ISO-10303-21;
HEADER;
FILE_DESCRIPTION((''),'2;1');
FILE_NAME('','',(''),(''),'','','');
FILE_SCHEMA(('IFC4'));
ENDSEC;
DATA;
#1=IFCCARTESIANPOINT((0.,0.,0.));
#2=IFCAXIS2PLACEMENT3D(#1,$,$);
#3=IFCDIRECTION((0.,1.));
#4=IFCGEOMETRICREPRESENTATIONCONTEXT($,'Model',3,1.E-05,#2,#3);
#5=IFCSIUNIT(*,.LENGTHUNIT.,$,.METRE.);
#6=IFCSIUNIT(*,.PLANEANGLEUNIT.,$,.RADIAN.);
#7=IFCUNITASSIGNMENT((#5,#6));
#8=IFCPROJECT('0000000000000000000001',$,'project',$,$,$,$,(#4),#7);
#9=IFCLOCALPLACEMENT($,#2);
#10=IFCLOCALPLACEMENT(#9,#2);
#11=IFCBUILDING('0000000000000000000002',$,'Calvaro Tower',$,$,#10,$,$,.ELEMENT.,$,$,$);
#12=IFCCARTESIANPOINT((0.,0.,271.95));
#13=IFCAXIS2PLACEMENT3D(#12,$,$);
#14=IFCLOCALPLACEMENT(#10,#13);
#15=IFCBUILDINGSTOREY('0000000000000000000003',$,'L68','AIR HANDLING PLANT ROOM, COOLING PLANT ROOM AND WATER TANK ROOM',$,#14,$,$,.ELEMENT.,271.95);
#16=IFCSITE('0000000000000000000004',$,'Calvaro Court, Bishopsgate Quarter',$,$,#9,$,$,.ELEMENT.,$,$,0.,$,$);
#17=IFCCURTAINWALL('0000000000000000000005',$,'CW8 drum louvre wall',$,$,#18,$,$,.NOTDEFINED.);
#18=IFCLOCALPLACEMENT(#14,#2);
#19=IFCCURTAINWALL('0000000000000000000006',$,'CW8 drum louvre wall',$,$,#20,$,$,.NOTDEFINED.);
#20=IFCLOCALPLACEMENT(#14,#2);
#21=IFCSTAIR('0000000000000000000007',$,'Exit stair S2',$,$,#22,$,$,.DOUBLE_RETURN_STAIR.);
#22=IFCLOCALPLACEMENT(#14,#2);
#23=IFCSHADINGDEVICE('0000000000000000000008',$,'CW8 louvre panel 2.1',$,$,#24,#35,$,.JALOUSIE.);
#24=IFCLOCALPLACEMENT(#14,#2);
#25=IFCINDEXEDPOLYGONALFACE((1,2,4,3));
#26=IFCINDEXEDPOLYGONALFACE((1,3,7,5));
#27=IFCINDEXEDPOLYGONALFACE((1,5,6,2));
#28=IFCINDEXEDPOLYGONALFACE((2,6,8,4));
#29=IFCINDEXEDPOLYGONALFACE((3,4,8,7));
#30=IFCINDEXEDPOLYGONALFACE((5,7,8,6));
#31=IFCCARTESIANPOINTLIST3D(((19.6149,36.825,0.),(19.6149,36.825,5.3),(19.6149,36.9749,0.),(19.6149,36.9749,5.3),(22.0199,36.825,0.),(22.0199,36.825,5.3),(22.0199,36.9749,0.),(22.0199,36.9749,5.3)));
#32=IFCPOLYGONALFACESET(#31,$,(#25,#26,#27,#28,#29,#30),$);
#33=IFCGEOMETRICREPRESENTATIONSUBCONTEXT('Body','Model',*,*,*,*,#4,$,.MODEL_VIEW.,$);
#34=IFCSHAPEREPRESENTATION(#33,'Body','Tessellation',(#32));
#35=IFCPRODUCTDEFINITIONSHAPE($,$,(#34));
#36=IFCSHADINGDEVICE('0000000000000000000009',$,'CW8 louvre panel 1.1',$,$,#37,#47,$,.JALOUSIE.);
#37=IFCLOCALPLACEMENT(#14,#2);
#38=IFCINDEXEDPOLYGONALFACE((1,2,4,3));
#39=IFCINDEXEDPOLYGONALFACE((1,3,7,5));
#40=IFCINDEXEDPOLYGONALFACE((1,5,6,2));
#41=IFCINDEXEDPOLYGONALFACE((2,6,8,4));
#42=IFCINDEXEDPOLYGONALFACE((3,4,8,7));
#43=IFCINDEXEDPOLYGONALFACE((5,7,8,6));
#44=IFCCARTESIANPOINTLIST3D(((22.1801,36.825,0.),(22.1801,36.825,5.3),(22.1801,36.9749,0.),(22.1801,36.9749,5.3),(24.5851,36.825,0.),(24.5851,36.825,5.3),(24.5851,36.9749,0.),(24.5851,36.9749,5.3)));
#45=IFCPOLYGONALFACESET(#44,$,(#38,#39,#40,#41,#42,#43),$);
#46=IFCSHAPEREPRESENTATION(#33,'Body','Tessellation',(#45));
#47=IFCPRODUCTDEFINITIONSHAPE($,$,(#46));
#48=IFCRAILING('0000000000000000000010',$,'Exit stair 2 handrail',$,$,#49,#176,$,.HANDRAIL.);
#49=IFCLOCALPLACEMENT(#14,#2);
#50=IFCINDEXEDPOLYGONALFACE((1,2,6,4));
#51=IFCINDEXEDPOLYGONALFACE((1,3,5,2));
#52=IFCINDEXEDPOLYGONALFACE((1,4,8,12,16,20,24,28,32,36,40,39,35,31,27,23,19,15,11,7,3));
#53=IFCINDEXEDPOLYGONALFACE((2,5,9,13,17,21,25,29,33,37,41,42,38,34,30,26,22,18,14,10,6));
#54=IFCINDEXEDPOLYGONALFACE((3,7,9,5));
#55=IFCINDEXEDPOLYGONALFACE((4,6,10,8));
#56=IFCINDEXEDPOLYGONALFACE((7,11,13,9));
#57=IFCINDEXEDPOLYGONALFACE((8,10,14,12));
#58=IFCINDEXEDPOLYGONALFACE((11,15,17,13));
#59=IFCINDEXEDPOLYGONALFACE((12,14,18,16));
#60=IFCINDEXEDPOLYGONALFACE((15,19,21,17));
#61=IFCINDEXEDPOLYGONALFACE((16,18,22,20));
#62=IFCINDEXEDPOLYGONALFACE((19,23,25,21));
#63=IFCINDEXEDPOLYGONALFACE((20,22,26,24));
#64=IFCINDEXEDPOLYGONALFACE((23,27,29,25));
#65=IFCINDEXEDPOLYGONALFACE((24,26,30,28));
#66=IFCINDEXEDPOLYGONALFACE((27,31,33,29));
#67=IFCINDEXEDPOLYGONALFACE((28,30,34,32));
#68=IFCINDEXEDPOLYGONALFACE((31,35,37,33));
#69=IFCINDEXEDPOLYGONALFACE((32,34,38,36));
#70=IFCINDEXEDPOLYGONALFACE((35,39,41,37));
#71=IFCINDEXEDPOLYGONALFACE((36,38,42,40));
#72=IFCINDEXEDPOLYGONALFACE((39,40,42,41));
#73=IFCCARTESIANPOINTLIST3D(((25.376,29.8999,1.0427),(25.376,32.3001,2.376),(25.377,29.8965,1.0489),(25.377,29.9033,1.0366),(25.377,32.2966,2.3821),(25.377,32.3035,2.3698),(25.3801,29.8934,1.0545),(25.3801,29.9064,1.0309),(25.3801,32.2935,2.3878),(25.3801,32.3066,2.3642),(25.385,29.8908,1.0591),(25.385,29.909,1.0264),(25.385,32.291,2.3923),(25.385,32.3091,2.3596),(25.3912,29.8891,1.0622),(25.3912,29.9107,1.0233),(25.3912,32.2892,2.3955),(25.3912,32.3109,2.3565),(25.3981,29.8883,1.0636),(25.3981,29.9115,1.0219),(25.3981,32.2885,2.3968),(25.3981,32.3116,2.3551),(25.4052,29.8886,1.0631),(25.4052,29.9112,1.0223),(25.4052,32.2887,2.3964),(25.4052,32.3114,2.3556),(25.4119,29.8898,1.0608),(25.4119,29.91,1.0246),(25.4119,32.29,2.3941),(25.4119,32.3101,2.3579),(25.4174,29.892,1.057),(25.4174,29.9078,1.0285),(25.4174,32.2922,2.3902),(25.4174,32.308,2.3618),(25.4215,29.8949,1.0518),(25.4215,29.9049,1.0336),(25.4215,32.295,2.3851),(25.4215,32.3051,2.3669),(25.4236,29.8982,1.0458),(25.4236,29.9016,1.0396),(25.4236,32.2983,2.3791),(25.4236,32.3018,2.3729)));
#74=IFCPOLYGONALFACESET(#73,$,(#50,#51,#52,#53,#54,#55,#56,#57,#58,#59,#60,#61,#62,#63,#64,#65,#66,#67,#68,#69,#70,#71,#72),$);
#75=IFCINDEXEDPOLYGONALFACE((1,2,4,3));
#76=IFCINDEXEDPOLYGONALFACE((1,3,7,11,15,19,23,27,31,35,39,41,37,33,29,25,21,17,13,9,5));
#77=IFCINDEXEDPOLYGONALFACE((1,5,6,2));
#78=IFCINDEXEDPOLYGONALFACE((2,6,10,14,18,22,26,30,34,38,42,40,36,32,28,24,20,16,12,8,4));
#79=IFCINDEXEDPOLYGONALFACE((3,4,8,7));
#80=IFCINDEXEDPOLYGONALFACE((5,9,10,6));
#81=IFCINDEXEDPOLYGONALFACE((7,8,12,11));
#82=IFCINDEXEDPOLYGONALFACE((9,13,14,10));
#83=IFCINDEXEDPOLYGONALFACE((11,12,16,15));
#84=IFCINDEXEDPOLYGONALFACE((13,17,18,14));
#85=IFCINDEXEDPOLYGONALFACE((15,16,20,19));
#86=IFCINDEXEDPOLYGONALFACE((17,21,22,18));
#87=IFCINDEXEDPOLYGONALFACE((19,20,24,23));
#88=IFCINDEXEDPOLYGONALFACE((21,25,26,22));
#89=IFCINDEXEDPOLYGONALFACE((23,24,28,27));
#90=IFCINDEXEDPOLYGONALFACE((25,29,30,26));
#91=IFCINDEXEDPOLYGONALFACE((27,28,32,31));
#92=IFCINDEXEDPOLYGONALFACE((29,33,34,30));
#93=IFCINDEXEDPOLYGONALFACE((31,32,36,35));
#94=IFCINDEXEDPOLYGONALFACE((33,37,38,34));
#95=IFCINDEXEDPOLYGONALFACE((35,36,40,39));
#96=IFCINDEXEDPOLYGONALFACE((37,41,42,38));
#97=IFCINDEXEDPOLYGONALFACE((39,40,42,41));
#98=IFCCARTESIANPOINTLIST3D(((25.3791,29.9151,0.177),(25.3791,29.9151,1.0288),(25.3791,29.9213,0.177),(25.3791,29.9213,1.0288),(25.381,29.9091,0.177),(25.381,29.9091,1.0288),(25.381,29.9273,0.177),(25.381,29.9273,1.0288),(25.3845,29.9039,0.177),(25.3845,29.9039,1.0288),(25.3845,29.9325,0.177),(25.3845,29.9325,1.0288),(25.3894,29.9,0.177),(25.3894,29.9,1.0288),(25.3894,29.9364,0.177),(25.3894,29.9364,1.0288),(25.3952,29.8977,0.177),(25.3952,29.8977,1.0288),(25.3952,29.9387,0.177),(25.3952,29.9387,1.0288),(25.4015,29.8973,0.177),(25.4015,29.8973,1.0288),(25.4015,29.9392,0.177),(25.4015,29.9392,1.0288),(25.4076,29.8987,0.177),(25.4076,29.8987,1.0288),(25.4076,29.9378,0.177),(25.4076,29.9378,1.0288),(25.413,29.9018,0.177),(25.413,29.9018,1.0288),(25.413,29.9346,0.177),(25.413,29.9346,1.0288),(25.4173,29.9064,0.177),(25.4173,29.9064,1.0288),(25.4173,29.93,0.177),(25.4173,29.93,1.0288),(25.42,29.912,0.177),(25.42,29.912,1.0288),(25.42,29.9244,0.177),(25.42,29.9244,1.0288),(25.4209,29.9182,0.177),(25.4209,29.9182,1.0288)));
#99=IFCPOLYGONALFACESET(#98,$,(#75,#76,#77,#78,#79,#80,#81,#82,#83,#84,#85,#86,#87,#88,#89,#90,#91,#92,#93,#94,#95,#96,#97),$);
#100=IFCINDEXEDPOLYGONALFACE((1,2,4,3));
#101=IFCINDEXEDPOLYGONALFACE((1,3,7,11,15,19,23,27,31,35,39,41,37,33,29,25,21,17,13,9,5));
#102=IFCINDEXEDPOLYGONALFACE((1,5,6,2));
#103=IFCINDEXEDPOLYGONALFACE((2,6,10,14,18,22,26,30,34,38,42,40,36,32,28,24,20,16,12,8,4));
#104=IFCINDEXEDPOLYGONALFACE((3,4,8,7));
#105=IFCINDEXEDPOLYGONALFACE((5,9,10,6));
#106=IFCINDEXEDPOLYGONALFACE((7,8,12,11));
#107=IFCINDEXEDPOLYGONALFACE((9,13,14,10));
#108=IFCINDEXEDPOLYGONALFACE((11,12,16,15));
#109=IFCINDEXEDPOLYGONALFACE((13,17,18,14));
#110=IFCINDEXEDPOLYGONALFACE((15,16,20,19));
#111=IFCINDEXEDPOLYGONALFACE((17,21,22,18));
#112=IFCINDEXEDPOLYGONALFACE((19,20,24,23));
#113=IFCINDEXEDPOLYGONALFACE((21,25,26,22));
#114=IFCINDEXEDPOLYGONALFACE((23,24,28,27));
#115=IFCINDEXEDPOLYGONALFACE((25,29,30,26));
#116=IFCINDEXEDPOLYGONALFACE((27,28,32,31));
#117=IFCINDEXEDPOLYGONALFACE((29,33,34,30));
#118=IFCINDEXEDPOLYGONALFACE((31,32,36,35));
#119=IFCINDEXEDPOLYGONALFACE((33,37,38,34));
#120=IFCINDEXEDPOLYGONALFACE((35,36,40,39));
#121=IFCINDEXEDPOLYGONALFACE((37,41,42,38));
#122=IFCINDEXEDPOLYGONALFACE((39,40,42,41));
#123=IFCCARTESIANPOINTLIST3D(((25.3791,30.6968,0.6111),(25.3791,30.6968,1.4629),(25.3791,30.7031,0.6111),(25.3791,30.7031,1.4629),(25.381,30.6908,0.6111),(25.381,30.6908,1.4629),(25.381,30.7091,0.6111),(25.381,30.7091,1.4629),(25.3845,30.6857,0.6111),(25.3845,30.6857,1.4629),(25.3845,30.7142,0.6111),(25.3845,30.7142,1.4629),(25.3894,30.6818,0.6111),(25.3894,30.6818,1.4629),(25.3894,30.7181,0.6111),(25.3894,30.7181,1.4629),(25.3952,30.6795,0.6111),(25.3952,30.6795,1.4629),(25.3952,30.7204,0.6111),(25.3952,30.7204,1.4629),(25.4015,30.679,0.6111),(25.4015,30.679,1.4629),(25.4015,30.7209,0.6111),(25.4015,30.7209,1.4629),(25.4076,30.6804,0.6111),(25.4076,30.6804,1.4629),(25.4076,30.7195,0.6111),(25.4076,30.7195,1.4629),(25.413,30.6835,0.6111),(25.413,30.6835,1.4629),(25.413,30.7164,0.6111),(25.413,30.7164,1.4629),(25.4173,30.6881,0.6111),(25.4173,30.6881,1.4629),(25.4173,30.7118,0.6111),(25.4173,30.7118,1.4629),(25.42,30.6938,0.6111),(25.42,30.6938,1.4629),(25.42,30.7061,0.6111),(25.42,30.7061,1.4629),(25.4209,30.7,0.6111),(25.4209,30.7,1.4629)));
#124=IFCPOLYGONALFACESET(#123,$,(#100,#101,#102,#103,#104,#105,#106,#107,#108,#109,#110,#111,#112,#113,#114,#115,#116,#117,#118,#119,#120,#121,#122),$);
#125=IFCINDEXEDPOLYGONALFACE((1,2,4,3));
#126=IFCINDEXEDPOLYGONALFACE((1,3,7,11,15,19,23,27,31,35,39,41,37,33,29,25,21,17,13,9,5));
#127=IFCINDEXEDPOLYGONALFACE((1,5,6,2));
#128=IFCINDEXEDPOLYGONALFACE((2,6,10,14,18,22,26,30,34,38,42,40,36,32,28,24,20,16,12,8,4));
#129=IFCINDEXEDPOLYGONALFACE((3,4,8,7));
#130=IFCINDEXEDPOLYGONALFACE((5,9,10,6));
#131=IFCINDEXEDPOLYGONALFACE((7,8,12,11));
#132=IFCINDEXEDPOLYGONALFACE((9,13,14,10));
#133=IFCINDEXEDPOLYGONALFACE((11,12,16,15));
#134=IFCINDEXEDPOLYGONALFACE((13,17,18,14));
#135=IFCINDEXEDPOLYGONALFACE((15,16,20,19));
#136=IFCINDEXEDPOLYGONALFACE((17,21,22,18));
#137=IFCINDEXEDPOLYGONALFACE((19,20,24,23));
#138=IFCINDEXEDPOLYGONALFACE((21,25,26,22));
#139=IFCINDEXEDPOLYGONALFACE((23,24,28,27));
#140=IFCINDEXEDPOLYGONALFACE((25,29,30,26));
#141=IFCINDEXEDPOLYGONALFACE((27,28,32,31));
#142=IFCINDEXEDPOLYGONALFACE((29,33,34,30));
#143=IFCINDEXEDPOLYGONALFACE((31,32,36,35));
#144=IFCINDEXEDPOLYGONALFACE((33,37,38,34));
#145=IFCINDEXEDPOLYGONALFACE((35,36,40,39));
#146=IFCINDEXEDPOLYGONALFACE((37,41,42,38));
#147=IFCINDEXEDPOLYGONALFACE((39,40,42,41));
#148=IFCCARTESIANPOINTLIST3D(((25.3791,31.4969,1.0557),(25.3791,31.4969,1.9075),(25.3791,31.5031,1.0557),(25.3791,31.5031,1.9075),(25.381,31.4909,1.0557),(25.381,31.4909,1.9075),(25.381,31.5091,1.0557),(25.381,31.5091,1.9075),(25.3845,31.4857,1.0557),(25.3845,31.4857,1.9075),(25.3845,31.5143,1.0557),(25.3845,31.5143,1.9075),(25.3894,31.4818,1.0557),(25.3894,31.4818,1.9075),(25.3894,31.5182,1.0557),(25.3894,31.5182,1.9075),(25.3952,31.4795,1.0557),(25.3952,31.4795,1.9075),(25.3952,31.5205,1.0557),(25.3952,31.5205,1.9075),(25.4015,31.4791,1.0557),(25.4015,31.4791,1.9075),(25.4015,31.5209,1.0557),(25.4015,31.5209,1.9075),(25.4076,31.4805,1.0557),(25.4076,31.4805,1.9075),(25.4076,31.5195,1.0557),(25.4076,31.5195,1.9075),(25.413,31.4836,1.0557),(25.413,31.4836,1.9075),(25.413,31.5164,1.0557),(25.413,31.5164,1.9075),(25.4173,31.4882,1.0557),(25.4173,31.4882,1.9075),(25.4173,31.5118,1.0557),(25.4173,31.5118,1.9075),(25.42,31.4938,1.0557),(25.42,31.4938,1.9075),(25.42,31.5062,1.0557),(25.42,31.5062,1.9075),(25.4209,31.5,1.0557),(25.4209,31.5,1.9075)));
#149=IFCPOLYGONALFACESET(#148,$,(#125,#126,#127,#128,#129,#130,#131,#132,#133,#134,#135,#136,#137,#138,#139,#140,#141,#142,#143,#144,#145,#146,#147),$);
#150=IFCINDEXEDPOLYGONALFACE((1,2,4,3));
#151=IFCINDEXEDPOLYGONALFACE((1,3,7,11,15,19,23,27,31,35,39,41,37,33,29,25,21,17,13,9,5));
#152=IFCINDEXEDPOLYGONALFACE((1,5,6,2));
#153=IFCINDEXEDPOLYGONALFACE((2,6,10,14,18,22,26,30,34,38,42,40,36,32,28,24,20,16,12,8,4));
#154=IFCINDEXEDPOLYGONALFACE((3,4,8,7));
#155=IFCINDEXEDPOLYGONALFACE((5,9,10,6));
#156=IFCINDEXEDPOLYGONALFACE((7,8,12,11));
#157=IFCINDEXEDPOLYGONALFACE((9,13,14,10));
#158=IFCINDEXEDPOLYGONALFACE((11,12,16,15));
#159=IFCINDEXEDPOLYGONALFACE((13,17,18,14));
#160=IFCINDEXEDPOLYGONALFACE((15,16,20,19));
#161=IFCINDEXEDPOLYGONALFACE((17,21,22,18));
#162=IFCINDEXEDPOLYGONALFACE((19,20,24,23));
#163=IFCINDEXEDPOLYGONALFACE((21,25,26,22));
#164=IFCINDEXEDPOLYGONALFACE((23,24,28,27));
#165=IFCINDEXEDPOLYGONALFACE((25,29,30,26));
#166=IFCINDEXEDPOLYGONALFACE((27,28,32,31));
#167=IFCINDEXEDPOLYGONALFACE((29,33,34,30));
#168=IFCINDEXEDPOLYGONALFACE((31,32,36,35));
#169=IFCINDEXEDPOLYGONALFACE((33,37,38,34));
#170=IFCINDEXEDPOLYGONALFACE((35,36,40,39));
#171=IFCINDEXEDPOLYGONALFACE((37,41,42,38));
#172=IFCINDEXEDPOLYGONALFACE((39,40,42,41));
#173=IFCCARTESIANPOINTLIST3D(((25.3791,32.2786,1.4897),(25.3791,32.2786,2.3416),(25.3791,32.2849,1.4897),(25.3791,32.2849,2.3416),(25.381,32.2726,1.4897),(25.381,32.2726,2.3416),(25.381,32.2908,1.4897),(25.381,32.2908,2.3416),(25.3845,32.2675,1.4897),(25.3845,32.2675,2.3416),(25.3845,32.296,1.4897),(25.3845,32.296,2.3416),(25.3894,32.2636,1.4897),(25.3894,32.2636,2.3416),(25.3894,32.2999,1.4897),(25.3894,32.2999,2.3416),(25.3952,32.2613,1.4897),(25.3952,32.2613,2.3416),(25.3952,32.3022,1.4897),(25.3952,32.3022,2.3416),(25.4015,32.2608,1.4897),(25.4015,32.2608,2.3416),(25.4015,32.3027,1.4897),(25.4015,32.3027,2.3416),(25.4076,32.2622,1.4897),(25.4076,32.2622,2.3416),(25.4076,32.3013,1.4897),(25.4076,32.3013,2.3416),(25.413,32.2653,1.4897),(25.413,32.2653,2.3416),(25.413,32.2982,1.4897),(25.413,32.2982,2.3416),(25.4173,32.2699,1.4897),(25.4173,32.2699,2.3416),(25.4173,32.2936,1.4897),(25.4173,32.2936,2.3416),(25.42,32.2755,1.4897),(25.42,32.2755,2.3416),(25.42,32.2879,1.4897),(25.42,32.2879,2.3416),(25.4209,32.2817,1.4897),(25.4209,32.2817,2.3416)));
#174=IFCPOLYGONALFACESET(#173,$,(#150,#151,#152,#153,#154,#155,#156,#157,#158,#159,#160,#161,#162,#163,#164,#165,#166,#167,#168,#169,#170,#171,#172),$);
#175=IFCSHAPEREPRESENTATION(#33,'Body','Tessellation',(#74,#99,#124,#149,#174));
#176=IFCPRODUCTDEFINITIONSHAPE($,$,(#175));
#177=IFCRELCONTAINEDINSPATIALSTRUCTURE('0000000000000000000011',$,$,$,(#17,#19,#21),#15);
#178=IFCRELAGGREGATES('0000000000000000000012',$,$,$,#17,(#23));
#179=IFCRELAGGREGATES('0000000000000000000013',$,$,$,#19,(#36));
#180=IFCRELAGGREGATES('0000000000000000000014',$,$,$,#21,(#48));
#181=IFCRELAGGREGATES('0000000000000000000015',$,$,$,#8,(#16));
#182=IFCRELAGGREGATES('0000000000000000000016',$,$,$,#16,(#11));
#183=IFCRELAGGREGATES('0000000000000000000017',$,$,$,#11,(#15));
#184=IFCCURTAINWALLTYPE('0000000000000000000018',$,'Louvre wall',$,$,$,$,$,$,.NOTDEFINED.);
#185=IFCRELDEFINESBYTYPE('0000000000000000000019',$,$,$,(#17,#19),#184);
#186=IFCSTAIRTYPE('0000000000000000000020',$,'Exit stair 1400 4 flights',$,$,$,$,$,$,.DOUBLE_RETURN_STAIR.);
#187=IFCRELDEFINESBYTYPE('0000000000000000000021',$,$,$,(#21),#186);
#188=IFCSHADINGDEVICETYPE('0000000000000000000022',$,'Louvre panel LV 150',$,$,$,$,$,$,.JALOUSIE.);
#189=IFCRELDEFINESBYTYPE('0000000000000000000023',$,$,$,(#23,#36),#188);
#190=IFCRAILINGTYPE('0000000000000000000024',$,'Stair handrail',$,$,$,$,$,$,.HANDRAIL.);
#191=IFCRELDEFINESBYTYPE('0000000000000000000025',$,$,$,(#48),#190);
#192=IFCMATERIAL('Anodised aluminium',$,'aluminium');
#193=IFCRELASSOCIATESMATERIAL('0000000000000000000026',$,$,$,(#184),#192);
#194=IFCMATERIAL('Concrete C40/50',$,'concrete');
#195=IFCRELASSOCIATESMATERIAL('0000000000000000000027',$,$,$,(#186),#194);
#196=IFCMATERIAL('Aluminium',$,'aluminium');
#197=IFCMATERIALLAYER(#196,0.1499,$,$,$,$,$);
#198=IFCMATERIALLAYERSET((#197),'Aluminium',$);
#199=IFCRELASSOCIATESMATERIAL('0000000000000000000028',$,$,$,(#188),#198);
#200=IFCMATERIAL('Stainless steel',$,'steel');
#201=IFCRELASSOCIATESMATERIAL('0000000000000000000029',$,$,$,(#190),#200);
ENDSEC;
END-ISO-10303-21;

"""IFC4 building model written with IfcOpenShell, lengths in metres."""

from ifc_helpers import new_model, si_unit, direction, frame, origin, origin_2d, place, context, subcontext, project, spatial, rectangle, circle, extrude, material, layer, layer_set, type_object, element, aggregate, save


model = new_model("IFC4")

# Units and contexts
model_context = context("Model", 3, precision=1e-05, world=origin(), true_north=direction((0.0, 1.0)))
body_context = subcontext(model_context, "Body", "Model", "MODEL_VIEW")
ifc_project = project(units=[si_unit("LENGTHUNIT", "METRE"), si_unit("PLANEANGLEUNIT", "RADIAN")], contexts=[model_context])

# Site, building, storey
site_placement = place(None, origin())
site = spatial("IfcSite", under=ifc_project, at=site_placement, Name="Calvaro Court, Bishopsgate Quarter", CompositionType="ELEMENT", RefElevation=0.0)
building_placement = place(site_placement, origin())
building = spatial("IfcBuilding", under=site, at=building_placement, Name="Calvaro Tower", CompositionType="ELEMENT")
storey_placement = place(building_placement, frame((0.0, 0.0, 271.95)))
storey = spatial("IfcBuildingStorey", under=building, at=storey_placement, Name="L68", Description="AIR HANDLING PLANT ROOM, COOLING PLANT ROOM AND WATER TANK ROOM", CompositionType="ELEMENT", Elevation=271.95)

# Curtain wall
ifc_material_1 = material(Name="Anodised aluminium", Category="aluminium")
curtain_wall_type = type_object("IfcCurtainWallType", Name="Louvre wall", PredefinedType="NOTDEFINED", material=ifc_material_1)
curtain_wall_1_placement = place(storey_placement, origin())
curtain_wall_1 = element("IfcCurtainWall", 1, at=curtain_wall_1_placement, inside=storey, type_object=curtain_wall_type, Name="CW8 drum louvre wall", PredefinedType="NOTDEFINED")

# Curtain wall
curtain_wall_2_placement = place(storey_placement, origin())
curtain_wall_2 = element("IfcCurtainWall", 2, at=curtain_wall_2_placement, inside=storey, type_object=curtain_wall_type, Name="CW8 drum louvre wall", PredefinedType="NOTDEFINED")

# Stair
ifc_material_2 = material(Name="Concrete C40/50", Category="concrete")
stair_type = type_object("IfcStairType", Name="Exit stair 1400 4 flights", PredefinedType="DOUBLE_RETURN_STAIR", material=ifc_material_2)
stair_placement = place(storey_placement, origin())
stair = element("IfcStair", 3, at=stair_placement, inside=storey, type_object=stair_type, Name="Exit stair S2", PredefinedType="DOUBLE_RETURN_STAIR")

# Shading devices
ifc_material_3 = material(Name="Aluminium", Category="aluminium")
ifc_layer_1 = layer(ifc_material_3, 0.1499)
ifc_layer_set_1 = layer_set([ifc_layer_1], Name="Aluminium")
shading_device_type = type_object("IfcShadingDeviceType", Name="Louvre panel LV 150", PredefinedType="JALOUSIE", material=ifc_layer_set_1)
shading_device_1_placement = place(storey_placement, frame((20.8174, 36.8999, 0.0), z_axis=(0.0, 0.0, 1.0), x_axis=(1.0, 0.0, 0.0)))
shading_device_1 = element("IfcShadingDevice", 4, at=shading_device_1_placement, type_object=shading_device_type, Name="CW8 louvre panel 2.1", PredefinedType="JALOUSIE", context=body_context, shape_type="SweptSolid", body=[
    extrude(rectangle(XDim=2.405, YDim=0.1499, at=origin_2d()), origin(), (0.0, 0.0, 1.0), 5.3),
])
aggregate(curtain_wall_1, [shading_device_1])
shading_device_2_placement = place(storey_placement, frame((23.3826, 36.8999, 0.0), z_axis=(0.0, 0.0, 1.0), x_axis=(1.0, 0.0, 0.0)))
shading_device_2 = element("IfcShadingDevice", 5, at=shading_device_2_placement, type_object=shading_device_type, Name="CW8 louvre panel 1.1", PredefinedType="JALOUSIE", context=body_context, shape_type="SweptSolid", body=[
    extrude(rectangle(XDim=2.405, YDim=0.1499, at=origin_2d()), origin(), (0.0, 0.0, 1.0), 5.3),
])
aggregate(curtain_wall_2, [shading_device_2])

# Railing
ifc_material_4 = material(Name="Stainless steel", Category="steel")
railing_type = type_object("IfcRailingType", Name="Stair handrail", PredefinedType="HANDRAIL", material=ifc_material_4)
railing_1_placement = place(storey_placement, frame((25.3999, 29.8999, 0.1667)))
railing_1 = element("IfcRailing", 6, at=railing_1_placement, type_object=railing_type, Name="Exit stair 2 handrail", PredefinedType="HANDRAIL", context=body_context, shape_type="SweptSolid", body=[
    extrude(circle(Radius=0.0239, at=origin_2d()), frame((0.0, 0.0, 0.876), z_axis=(0.0, 0.874182, 0.485598), x_axis=(-1.0, 0.0, 0.0)), (0.0, 0.0, 1.0), 2.7456),
    extrude(circle(Radius=0.021, at=origin_2d()), frame((0.0, 0.0183, 0.0103)), (0.0, 0.0, 1.0), 0.8518),
    extrude(circle(Radius=0.021, at=origin_2d()), frame((0.0, 0.8, 0.4443)), (0.0, 0.0, 1.0), 0.8518),
    extrude(circle(Radius=0.021, at=origin_2d()), frame((0.0, 1.6001, 0.8889)), (0.0, 0.0, 1.0), 0.8518),
    extrude(circle(Radius=0.021, at=origin_2d()), frame((0.0, 2.3818, 1.323)), (0.0, 0.0, 1.0), 0.8518),
])
aggregate(stair, [railing_1])

save(model, "model.ifc")
